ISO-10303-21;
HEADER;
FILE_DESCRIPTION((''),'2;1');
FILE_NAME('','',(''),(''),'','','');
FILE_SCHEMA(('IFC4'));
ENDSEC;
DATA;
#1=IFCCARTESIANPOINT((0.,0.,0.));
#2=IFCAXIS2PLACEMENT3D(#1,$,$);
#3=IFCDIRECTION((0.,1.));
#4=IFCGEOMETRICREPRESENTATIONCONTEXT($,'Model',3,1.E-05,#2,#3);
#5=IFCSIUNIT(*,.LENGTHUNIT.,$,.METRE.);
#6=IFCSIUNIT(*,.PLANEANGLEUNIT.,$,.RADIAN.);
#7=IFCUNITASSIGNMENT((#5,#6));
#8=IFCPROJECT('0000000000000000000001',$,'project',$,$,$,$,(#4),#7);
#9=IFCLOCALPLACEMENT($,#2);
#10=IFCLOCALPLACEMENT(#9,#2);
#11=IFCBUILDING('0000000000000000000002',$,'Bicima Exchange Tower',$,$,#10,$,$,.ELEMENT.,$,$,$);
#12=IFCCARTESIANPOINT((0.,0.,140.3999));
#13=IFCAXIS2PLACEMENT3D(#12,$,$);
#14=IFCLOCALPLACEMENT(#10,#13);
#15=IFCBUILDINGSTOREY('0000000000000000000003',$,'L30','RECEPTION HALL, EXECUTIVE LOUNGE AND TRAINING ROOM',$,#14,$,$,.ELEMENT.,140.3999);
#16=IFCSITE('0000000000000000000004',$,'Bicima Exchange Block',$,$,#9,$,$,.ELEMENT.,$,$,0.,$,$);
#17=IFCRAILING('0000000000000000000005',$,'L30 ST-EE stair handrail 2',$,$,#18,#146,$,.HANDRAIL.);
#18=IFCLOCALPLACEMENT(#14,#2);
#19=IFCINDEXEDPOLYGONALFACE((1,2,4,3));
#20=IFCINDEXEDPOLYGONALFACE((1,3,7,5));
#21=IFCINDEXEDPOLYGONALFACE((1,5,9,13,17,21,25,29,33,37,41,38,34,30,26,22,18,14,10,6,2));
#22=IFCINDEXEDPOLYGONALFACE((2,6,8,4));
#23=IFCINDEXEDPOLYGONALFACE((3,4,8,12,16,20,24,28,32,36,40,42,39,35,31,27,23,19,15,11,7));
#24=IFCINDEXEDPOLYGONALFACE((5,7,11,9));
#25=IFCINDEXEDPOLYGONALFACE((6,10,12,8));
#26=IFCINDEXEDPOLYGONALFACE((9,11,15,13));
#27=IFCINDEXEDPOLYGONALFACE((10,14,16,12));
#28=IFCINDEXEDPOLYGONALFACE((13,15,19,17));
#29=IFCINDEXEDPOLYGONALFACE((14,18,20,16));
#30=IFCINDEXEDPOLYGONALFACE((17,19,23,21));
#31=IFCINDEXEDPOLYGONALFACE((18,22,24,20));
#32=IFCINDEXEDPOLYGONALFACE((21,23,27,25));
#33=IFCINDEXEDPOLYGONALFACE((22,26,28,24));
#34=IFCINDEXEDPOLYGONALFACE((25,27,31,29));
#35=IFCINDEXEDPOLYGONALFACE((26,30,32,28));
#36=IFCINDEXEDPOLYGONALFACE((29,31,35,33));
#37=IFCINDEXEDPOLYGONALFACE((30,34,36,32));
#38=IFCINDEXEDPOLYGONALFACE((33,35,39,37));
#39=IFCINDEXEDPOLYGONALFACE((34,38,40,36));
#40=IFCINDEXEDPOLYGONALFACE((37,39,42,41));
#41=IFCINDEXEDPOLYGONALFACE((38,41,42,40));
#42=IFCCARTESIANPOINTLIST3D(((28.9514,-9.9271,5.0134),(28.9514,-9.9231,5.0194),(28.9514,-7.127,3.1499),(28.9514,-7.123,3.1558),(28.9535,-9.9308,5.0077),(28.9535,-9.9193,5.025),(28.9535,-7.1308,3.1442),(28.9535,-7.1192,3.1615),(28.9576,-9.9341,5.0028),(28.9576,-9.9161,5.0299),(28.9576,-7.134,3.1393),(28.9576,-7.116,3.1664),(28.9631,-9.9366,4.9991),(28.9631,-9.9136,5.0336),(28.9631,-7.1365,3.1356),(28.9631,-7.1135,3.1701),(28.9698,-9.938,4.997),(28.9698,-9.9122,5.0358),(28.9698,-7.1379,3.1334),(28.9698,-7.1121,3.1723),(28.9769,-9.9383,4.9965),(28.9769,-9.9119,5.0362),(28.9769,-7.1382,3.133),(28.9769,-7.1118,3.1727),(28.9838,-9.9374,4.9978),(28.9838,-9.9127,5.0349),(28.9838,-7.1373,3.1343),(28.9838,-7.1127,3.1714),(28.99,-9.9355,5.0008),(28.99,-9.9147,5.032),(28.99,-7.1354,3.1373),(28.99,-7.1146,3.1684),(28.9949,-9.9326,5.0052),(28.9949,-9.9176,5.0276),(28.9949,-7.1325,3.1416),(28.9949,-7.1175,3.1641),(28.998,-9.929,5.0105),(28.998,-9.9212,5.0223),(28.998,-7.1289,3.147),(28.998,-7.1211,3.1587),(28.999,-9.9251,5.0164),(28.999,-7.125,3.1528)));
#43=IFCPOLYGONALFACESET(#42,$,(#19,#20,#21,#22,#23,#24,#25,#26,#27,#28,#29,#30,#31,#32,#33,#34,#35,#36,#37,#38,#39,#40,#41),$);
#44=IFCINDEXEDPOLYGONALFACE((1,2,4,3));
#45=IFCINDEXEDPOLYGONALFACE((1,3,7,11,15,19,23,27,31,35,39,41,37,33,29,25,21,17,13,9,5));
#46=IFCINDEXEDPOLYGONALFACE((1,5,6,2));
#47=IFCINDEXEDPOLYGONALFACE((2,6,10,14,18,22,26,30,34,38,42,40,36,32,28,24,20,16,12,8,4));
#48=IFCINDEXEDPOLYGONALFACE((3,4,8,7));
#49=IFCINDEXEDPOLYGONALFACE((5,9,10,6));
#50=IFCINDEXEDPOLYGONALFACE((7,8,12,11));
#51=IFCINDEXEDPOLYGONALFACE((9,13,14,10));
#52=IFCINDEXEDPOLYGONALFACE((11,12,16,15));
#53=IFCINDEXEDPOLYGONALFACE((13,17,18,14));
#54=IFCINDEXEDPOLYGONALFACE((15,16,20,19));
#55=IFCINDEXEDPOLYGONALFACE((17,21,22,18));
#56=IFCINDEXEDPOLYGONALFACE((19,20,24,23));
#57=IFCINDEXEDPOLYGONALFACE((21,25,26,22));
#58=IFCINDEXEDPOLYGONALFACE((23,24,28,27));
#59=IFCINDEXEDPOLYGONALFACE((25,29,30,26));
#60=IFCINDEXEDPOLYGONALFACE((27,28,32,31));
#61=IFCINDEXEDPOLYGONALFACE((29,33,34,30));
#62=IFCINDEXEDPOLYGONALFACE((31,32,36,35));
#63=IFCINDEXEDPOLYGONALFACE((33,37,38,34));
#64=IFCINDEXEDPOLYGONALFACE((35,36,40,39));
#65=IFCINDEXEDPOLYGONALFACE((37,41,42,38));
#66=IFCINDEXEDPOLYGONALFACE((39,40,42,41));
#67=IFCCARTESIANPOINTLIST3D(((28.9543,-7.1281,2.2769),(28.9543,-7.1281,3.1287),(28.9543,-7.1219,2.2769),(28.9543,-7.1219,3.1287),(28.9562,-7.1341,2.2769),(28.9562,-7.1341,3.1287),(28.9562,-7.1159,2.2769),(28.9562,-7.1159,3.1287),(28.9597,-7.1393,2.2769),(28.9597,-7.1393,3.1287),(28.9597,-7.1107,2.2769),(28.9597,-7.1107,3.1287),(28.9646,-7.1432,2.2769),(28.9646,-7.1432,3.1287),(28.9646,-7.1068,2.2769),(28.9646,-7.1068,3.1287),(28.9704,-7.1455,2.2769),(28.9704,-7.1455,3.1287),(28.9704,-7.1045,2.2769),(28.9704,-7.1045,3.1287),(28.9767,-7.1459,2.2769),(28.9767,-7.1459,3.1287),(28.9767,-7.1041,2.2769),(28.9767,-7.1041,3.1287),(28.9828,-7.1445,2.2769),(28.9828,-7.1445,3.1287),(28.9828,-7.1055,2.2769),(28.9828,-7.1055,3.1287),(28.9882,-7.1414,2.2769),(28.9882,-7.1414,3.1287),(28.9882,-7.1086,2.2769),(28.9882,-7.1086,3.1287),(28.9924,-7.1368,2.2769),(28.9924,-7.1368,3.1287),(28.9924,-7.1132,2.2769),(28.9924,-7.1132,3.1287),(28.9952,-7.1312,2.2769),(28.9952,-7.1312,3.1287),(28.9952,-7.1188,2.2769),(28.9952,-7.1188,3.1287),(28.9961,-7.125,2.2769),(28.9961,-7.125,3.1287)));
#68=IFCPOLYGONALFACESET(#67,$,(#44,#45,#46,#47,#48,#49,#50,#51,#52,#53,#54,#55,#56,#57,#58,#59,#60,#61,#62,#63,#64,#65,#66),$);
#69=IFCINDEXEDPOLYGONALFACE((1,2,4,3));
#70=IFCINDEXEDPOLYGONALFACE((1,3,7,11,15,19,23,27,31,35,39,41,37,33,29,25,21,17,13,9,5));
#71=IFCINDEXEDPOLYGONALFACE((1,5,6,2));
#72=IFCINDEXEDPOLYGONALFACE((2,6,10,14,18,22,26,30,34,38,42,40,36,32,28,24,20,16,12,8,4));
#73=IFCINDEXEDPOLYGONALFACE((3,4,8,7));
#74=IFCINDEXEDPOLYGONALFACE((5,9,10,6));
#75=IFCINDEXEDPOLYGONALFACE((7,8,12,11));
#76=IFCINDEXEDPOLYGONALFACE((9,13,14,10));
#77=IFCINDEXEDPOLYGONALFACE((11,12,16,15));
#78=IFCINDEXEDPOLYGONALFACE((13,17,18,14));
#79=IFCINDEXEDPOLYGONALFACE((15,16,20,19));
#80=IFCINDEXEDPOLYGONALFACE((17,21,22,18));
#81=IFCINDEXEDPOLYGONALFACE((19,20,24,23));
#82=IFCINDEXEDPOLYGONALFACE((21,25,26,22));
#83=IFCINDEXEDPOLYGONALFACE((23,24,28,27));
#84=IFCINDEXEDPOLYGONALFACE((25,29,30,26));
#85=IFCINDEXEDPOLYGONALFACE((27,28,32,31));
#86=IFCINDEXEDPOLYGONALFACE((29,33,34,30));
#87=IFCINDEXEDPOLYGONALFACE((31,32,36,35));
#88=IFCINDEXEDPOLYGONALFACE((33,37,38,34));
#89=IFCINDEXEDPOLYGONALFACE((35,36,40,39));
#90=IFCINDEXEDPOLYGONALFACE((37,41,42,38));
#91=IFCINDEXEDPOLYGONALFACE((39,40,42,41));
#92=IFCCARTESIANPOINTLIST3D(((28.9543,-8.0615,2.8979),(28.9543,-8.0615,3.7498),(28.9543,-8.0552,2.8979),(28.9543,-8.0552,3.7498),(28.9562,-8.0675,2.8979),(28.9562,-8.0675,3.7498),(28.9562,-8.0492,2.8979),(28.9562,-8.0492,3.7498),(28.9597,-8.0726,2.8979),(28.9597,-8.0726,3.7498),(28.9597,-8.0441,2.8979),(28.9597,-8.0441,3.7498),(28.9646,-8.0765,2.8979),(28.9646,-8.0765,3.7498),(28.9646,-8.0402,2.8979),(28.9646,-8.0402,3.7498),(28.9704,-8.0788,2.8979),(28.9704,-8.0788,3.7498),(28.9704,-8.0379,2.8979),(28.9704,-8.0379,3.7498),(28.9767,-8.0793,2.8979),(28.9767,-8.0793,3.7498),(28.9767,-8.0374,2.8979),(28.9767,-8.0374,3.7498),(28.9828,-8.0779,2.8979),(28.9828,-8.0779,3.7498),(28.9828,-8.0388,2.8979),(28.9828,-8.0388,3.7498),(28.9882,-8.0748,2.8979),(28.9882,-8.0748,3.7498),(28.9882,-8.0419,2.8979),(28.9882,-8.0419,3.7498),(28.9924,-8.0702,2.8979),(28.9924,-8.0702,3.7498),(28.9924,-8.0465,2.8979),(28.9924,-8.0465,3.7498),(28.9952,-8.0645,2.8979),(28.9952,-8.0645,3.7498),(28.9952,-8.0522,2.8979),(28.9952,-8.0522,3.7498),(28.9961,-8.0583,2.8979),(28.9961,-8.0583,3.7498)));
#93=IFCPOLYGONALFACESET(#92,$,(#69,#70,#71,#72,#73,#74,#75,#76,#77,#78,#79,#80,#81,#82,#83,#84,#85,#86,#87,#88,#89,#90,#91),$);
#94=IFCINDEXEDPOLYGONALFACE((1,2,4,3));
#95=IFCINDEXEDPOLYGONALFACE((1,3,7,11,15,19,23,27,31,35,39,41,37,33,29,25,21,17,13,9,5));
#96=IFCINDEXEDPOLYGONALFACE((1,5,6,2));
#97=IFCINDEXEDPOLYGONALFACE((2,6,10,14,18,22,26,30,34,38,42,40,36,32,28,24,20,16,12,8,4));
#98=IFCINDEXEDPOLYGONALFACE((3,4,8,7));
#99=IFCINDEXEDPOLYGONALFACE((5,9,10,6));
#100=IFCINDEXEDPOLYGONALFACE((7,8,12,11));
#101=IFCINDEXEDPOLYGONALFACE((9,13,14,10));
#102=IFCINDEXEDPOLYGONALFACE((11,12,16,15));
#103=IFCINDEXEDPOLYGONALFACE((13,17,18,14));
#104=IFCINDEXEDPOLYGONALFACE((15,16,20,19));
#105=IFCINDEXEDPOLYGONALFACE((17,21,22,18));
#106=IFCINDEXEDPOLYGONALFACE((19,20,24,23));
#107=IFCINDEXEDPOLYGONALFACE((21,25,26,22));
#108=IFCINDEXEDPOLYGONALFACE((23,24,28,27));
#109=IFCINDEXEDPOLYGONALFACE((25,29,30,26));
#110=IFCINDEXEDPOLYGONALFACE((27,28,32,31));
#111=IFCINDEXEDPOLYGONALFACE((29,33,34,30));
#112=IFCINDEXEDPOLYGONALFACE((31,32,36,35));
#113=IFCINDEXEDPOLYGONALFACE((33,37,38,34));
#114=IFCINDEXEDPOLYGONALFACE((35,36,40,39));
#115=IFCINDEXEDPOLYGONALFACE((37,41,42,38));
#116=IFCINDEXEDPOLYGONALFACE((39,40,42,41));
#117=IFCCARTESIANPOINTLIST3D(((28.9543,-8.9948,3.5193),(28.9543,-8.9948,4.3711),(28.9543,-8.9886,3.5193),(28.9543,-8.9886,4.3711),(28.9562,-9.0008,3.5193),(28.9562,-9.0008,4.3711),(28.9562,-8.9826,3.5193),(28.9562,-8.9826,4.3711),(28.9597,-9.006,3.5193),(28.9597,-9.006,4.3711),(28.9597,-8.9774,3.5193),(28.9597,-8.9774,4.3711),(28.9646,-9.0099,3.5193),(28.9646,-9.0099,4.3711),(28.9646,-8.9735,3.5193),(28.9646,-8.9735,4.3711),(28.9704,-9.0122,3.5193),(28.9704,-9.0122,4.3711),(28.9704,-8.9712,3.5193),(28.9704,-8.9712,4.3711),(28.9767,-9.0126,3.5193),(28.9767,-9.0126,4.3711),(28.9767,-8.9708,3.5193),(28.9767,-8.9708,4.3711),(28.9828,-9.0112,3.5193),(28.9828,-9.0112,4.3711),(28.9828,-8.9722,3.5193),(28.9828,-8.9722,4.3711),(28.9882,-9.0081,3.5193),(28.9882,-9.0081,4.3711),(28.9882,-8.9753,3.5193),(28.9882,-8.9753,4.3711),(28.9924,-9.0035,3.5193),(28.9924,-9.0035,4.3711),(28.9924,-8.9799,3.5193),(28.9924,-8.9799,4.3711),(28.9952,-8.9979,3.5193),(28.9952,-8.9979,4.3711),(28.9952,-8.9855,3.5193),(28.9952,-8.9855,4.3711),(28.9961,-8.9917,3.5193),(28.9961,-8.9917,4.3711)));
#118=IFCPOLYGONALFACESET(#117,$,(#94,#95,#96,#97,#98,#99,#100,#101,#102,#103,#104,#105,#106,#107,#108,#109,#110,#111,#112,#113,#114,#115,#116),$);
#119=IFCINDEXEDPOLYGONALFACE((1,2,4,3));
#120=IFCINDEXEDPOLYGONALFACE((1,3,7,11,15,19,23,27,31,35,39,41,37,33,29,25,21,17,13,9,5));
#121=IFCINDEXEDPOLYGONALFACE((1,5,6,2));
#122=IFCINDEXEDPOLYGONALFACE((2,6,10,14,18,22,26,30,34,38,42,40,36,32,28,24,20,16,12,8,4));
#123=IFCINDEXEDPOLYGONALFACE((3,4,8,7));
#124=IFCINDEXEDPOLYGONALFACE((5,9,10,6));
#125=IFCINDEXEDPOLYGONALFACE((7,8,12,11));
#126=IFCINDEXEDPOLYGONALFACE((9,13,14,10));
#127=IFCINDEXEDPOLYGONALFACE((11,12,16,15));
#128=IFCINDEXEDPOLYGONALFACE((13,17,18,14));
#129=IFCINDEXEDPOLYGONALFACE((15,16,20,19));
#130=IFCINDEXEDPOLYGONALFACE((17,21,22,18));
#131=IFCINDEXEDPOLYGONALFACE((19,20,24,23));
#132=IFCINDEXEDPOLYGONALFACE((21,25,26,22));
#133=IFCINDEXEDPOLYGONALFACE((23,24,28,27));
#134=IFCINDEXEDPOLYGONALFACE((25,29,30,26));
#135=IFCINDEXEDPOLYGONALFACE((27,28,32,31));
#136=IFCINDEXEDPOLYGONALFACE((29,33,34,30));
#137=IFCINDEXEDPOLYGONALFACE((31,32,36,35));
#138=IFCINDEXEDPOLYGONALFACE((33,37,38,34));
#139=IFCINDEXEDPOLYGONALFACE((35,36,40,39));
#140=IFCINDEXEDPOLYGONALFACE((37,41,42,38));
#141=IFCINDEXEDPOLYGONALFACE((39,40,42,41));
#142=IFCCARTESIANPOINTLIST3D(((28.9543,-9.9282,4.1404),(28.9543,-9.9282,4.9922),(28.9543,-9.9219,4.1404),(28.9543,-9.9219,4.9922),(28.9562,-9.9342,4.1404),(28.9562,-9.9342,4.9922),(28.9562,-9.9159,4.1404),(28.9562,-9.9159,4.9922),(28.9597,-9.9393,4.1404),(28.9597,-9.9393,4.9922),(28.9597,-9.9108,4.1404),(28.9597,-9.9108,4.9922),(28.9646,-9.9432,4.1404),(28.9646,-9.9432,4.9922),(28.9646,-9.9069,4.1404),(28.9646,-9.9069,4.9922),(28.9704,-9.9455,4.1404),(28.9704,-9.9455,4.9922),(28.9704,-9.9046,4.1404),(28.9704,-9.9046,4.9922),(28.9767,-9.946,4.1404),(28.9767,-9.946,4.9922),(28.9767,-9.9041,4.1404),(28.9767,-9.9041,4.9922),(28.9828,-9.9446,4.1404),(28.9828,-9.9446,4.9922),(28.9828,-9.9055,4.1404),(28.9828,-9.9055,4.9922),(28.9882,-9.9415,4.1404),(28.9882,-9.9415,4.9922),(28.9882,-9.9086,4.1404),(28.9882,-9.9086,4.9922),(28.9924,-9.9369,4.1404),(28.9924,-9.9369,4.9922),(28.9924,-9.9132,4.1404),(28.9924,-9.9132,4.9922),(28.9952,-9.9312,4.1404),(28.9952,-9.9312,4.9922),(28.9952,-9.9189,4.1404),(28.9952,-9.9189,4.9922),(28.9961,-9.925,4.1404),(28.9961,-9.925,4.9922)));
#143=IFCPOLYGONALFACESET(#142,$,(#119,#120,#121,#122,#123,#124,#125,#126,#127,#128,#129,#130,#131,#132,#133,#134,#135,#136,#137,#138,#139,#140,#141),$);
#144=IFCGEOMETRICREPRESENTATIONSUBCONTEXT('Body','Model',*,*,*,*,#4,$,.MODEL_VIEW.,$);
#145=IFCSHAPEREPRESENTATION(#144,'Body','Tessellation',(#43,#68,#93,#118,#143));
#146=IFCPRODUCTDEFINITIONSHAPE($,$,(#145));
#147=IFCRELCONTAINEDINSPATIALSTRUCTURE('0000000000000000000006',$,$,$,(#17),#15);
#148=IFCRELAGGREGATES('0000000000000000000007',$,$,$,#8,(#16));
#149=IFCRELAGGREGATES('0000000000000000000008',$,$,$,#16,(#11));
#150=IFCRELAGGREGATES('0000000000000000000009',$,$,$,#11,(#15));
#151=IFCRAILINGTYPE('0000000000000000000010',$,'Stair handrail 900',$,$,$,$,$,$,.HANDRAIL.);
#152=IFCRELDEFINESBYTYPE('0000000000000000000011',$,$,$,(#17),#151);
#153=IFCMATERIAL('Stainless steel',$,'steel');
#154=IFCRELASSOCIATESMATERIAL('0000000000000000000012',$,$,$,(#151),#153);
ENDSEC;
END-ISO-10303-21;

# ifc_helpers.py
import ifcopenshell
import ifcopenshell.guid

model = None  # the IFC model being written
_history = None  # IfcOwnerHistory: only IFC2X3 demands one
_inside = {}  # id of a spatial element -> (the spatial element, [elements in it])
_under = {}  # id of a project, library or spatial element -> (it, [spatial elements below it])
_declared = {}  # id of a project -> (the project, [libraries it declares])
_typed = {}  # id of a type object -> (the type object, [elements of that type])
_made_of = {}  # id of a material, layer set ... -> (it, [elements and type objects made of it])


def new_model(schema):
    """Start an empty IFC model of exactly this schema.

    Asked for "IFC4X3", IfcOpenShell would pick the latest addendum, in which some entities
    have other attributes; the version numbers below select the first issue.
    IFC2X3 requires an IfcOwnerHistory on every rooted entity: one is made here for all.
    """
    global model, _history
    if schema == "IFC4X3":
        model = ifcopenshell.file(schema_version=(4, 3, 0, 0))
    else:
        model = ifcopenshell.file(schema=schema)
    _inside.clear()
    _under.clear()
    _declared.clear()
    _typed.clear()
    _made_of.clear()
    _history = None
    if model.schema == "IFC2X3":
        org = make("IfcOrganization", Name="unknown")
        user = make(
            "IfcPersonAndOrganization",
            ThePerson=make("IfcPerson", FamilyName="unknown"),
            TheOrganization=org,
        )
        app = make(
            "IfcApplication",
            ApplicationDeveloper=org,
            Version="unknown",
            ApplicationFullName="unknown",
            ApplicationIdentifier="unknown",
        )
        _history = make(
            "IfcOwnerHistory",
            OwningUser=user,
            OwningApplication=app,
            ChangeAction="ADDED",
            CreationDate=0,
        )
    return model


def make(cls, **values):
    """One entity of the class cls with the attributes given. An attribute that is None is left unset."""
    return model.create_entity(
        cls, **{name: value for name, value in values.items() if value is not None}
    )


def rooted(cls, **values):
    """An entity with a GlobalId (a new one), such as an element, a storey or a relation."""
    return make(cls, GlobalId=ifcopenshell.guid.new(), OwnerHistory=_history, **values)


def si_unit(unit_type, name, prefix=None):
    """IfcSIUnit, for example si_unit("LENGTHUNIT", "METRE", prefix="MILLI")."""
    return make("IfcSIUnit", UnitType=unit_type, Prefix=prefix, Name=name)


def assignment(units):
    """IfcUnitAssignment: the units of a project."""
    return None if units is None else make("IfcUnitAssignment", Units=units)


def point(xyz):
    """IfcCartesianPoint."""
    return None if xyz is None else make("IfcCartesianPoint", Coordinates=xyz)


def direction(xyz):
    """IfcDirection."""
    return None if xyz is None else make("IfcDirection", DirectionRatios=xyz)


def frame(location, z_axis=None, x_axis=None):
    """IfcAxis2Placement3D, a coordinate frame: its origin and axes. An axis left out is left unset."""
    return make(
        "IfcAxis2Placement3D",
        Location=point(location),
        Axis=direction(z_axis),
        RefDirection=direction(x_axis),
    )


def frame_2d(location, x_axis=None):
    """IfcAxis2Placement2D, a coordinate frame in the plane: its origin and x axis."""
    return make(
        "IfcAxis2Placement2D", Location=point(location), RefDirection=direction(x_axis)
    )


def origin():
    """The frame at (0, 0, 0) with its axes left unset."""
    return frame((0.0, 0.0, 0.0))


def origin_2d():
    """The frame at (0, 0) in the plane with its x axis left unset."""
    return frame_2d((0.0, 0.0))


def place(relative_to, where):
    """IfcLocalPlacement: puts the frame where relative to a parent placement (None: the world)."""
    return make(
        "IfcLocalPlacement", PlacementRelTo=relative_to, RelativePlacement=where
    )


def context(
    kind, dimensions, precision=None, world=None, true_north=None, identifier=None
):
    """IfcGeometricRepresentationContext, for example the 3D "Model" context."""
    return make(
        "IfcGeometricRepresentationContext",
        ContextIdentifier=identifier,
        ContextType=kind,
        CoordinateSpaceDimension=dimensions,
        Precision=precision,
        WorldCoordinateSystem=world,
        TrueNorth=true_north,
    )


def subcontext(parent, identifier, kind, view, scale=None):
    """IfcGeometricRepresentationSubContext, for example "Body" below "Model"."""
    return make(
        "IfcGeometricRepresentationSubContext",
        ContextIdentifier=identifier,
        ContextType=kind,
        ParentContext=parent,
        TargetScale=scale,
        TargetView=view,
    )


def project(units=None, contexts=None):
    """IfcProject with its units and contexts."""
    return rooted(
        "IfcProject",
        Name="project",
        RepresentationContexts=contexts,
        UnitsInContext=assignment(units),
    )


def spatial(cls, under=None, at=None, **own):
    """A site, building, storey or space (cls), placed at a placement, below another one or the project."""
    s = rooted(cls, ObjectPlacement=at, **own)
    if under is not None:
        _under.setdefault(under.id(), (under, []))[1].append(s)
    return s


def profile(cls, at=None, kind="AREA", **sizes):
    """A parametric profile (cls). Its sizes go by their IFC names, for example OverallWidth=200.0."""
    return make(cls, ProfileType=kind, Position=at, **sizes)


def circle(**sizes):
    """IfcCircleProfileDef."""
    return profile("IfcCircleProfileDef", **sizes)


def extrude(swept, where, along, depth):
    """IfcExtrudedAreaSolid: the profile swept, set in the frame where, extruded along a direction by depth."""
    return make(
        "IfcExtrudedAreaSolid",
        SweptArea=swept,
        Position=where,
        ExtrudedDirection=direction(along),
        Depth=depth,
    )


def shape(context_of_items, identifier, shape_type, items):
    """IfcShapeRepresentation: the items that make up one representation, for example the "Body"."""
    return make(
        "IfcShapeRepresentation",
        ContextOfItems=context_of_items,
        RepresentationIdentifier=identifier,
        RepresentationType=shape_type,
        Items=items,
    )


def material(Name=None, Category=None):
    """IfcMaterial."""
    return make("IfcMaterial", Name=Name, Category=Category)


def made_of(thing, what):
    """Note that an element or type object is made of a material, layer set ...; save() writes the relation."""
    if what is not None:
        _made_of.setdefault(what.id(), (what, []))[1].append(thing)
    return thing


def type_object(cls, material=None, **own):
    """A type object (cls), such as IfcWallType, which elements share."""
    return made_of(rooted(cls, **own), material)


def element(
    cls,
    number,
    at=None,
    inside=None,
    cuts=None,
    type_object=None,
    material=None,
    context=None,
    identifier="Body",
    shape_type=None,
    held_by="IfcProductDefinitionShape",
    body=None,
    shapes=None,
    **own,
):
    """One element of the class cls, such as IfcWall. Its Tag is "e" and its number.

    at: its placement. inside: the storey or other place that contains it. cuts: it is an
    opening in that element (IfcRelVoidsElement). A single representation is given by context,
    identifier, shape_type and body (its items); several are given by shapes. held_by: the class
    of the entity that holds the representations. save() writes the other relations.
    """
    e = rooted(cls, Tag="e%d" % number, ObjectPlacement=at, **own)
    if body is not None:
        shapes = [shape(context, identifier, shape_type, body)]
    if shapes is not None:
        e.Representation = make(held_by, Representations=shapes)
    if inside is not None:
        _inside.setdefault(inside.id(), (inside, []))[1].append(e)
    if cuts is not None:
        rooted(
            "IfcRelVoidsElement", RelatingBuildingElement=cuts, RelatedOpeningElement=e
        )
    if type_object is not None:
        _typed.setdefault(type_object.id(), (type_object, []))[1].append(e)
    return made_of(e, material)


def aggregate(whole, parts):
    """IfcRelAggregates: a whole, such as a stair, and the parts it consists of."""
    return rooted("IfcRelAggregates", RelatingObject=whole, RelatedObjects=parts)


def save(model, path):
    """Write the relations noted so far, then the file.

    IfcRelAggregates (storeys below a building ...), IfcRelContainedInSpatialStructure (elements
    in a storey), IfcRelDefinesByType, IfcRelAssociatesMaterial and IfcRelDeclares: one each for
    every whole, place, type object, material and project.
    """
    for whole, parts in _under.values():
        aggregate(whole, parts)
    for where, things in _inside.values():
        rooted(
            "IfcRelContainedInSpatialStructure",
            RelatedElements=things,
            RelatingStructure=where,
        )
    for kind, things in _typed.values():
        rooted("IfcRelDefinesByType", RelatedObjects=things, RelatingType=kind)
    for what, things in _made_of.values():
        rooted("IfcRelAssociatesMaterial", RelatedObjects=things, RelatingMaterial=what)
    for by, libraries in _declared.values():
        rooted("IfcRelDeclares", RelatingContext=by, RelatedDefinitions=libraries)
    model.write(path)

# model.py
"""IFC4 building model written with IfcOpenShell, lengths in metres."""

from ifc_helpers import new_model, si_unit, direction, frame, origin, origin_2d, place, context, subcontext, project, spatial, circle, extrude, material, type_object, element, save


model = new_model("IFC4")

# Units and contexts
model_context = context("Model", 3, precision=1e-05, world=origin(), true_north=direction((0.0, 1.0)))
body_context = subcontext(model_context, "Body", "Model", "MODEL_VIEW")
ifc_project = project(units=[si_unit("LENGTHUNIT", "METRE"), si_unit("PLANEANGLEUNIT", "RADIAN")], contexts=[model_context])

# Site, building, storey
site_placement = place(None, origin())
site = spatial("IfcSite", under=ifc_project, at=site_placement, Name="Bicima Exchange Block", CompositionType="ELEMENT", RefElevation=0.0)
building_placement = place(site_placement, origin())
building = spatial("IfcBuilding", under=site, at=building_placement, Name="Bicima Exchange Tower", CompositionType="ELEMENT")
storey_placement = place(building_placement, frame((0.0, 0.0, 140.3999)))
storey = spatial("IfcBuildingStorey", under=building, at=storey_placement, Name="L30", Description="RECEPTION HALL, EXECUTIVE LOUNGE AND TRAINING ROOM", CompositionType="ELEMENT", Elevation=140.3999)

# Railing
ifc_material_1 = material(Name="Stainless steel", Category="steel")
railing_type_1 = type_object("IfcRailingType", Name="Stair handrail 900", PredefinedType="HANDRAIL", material=ifc_material_1)
railing_1_placement = place(storey_placement, frame((28.9751, -7.125, 2.2769)))
element("IfcRailing", 1, at=railing_1_placement, inside=storey, type_object=railing_type_1, Name="L30 ST-EE stair handrail 2", PredefinedType="HANDRAIL", context=body_context, shape_type="SweptSolid", body=[
    extrude(circle(Radius=0.0239, at=origin_2d()), frame((0.0, 0.0, 0.876), z_axis=(0.0, -0.832486, 0.554047), x_axis=(1.0, 0.0, 0.0)), (0.0, 0.0, 1.0), 3.3635),
    extrude(circle(Radius=0.021, at=origin_2d()), origin(), (0.0, 0.0, 1.0), 0.8518),
    extrude(circle(Radius=0.021, at=origin_2d()), frame((0.0, -0.9333, 0.6211)), (0.0, 0.0, 1.0), 0.8518),
    extrude(circle(Radius=0.021, at=origin_2d()), frame((0.0, -1.8667, 1.2424)), (0.0, 0.0, 1.0), 0.8518),
    extrude(circle(Radius=0.021, at=origin_2d()), frame((0.0, -2.8, 1.8635)), (0.0, 0.0, 1.0), 0.8518),
])

save(model, "model.ifc")
